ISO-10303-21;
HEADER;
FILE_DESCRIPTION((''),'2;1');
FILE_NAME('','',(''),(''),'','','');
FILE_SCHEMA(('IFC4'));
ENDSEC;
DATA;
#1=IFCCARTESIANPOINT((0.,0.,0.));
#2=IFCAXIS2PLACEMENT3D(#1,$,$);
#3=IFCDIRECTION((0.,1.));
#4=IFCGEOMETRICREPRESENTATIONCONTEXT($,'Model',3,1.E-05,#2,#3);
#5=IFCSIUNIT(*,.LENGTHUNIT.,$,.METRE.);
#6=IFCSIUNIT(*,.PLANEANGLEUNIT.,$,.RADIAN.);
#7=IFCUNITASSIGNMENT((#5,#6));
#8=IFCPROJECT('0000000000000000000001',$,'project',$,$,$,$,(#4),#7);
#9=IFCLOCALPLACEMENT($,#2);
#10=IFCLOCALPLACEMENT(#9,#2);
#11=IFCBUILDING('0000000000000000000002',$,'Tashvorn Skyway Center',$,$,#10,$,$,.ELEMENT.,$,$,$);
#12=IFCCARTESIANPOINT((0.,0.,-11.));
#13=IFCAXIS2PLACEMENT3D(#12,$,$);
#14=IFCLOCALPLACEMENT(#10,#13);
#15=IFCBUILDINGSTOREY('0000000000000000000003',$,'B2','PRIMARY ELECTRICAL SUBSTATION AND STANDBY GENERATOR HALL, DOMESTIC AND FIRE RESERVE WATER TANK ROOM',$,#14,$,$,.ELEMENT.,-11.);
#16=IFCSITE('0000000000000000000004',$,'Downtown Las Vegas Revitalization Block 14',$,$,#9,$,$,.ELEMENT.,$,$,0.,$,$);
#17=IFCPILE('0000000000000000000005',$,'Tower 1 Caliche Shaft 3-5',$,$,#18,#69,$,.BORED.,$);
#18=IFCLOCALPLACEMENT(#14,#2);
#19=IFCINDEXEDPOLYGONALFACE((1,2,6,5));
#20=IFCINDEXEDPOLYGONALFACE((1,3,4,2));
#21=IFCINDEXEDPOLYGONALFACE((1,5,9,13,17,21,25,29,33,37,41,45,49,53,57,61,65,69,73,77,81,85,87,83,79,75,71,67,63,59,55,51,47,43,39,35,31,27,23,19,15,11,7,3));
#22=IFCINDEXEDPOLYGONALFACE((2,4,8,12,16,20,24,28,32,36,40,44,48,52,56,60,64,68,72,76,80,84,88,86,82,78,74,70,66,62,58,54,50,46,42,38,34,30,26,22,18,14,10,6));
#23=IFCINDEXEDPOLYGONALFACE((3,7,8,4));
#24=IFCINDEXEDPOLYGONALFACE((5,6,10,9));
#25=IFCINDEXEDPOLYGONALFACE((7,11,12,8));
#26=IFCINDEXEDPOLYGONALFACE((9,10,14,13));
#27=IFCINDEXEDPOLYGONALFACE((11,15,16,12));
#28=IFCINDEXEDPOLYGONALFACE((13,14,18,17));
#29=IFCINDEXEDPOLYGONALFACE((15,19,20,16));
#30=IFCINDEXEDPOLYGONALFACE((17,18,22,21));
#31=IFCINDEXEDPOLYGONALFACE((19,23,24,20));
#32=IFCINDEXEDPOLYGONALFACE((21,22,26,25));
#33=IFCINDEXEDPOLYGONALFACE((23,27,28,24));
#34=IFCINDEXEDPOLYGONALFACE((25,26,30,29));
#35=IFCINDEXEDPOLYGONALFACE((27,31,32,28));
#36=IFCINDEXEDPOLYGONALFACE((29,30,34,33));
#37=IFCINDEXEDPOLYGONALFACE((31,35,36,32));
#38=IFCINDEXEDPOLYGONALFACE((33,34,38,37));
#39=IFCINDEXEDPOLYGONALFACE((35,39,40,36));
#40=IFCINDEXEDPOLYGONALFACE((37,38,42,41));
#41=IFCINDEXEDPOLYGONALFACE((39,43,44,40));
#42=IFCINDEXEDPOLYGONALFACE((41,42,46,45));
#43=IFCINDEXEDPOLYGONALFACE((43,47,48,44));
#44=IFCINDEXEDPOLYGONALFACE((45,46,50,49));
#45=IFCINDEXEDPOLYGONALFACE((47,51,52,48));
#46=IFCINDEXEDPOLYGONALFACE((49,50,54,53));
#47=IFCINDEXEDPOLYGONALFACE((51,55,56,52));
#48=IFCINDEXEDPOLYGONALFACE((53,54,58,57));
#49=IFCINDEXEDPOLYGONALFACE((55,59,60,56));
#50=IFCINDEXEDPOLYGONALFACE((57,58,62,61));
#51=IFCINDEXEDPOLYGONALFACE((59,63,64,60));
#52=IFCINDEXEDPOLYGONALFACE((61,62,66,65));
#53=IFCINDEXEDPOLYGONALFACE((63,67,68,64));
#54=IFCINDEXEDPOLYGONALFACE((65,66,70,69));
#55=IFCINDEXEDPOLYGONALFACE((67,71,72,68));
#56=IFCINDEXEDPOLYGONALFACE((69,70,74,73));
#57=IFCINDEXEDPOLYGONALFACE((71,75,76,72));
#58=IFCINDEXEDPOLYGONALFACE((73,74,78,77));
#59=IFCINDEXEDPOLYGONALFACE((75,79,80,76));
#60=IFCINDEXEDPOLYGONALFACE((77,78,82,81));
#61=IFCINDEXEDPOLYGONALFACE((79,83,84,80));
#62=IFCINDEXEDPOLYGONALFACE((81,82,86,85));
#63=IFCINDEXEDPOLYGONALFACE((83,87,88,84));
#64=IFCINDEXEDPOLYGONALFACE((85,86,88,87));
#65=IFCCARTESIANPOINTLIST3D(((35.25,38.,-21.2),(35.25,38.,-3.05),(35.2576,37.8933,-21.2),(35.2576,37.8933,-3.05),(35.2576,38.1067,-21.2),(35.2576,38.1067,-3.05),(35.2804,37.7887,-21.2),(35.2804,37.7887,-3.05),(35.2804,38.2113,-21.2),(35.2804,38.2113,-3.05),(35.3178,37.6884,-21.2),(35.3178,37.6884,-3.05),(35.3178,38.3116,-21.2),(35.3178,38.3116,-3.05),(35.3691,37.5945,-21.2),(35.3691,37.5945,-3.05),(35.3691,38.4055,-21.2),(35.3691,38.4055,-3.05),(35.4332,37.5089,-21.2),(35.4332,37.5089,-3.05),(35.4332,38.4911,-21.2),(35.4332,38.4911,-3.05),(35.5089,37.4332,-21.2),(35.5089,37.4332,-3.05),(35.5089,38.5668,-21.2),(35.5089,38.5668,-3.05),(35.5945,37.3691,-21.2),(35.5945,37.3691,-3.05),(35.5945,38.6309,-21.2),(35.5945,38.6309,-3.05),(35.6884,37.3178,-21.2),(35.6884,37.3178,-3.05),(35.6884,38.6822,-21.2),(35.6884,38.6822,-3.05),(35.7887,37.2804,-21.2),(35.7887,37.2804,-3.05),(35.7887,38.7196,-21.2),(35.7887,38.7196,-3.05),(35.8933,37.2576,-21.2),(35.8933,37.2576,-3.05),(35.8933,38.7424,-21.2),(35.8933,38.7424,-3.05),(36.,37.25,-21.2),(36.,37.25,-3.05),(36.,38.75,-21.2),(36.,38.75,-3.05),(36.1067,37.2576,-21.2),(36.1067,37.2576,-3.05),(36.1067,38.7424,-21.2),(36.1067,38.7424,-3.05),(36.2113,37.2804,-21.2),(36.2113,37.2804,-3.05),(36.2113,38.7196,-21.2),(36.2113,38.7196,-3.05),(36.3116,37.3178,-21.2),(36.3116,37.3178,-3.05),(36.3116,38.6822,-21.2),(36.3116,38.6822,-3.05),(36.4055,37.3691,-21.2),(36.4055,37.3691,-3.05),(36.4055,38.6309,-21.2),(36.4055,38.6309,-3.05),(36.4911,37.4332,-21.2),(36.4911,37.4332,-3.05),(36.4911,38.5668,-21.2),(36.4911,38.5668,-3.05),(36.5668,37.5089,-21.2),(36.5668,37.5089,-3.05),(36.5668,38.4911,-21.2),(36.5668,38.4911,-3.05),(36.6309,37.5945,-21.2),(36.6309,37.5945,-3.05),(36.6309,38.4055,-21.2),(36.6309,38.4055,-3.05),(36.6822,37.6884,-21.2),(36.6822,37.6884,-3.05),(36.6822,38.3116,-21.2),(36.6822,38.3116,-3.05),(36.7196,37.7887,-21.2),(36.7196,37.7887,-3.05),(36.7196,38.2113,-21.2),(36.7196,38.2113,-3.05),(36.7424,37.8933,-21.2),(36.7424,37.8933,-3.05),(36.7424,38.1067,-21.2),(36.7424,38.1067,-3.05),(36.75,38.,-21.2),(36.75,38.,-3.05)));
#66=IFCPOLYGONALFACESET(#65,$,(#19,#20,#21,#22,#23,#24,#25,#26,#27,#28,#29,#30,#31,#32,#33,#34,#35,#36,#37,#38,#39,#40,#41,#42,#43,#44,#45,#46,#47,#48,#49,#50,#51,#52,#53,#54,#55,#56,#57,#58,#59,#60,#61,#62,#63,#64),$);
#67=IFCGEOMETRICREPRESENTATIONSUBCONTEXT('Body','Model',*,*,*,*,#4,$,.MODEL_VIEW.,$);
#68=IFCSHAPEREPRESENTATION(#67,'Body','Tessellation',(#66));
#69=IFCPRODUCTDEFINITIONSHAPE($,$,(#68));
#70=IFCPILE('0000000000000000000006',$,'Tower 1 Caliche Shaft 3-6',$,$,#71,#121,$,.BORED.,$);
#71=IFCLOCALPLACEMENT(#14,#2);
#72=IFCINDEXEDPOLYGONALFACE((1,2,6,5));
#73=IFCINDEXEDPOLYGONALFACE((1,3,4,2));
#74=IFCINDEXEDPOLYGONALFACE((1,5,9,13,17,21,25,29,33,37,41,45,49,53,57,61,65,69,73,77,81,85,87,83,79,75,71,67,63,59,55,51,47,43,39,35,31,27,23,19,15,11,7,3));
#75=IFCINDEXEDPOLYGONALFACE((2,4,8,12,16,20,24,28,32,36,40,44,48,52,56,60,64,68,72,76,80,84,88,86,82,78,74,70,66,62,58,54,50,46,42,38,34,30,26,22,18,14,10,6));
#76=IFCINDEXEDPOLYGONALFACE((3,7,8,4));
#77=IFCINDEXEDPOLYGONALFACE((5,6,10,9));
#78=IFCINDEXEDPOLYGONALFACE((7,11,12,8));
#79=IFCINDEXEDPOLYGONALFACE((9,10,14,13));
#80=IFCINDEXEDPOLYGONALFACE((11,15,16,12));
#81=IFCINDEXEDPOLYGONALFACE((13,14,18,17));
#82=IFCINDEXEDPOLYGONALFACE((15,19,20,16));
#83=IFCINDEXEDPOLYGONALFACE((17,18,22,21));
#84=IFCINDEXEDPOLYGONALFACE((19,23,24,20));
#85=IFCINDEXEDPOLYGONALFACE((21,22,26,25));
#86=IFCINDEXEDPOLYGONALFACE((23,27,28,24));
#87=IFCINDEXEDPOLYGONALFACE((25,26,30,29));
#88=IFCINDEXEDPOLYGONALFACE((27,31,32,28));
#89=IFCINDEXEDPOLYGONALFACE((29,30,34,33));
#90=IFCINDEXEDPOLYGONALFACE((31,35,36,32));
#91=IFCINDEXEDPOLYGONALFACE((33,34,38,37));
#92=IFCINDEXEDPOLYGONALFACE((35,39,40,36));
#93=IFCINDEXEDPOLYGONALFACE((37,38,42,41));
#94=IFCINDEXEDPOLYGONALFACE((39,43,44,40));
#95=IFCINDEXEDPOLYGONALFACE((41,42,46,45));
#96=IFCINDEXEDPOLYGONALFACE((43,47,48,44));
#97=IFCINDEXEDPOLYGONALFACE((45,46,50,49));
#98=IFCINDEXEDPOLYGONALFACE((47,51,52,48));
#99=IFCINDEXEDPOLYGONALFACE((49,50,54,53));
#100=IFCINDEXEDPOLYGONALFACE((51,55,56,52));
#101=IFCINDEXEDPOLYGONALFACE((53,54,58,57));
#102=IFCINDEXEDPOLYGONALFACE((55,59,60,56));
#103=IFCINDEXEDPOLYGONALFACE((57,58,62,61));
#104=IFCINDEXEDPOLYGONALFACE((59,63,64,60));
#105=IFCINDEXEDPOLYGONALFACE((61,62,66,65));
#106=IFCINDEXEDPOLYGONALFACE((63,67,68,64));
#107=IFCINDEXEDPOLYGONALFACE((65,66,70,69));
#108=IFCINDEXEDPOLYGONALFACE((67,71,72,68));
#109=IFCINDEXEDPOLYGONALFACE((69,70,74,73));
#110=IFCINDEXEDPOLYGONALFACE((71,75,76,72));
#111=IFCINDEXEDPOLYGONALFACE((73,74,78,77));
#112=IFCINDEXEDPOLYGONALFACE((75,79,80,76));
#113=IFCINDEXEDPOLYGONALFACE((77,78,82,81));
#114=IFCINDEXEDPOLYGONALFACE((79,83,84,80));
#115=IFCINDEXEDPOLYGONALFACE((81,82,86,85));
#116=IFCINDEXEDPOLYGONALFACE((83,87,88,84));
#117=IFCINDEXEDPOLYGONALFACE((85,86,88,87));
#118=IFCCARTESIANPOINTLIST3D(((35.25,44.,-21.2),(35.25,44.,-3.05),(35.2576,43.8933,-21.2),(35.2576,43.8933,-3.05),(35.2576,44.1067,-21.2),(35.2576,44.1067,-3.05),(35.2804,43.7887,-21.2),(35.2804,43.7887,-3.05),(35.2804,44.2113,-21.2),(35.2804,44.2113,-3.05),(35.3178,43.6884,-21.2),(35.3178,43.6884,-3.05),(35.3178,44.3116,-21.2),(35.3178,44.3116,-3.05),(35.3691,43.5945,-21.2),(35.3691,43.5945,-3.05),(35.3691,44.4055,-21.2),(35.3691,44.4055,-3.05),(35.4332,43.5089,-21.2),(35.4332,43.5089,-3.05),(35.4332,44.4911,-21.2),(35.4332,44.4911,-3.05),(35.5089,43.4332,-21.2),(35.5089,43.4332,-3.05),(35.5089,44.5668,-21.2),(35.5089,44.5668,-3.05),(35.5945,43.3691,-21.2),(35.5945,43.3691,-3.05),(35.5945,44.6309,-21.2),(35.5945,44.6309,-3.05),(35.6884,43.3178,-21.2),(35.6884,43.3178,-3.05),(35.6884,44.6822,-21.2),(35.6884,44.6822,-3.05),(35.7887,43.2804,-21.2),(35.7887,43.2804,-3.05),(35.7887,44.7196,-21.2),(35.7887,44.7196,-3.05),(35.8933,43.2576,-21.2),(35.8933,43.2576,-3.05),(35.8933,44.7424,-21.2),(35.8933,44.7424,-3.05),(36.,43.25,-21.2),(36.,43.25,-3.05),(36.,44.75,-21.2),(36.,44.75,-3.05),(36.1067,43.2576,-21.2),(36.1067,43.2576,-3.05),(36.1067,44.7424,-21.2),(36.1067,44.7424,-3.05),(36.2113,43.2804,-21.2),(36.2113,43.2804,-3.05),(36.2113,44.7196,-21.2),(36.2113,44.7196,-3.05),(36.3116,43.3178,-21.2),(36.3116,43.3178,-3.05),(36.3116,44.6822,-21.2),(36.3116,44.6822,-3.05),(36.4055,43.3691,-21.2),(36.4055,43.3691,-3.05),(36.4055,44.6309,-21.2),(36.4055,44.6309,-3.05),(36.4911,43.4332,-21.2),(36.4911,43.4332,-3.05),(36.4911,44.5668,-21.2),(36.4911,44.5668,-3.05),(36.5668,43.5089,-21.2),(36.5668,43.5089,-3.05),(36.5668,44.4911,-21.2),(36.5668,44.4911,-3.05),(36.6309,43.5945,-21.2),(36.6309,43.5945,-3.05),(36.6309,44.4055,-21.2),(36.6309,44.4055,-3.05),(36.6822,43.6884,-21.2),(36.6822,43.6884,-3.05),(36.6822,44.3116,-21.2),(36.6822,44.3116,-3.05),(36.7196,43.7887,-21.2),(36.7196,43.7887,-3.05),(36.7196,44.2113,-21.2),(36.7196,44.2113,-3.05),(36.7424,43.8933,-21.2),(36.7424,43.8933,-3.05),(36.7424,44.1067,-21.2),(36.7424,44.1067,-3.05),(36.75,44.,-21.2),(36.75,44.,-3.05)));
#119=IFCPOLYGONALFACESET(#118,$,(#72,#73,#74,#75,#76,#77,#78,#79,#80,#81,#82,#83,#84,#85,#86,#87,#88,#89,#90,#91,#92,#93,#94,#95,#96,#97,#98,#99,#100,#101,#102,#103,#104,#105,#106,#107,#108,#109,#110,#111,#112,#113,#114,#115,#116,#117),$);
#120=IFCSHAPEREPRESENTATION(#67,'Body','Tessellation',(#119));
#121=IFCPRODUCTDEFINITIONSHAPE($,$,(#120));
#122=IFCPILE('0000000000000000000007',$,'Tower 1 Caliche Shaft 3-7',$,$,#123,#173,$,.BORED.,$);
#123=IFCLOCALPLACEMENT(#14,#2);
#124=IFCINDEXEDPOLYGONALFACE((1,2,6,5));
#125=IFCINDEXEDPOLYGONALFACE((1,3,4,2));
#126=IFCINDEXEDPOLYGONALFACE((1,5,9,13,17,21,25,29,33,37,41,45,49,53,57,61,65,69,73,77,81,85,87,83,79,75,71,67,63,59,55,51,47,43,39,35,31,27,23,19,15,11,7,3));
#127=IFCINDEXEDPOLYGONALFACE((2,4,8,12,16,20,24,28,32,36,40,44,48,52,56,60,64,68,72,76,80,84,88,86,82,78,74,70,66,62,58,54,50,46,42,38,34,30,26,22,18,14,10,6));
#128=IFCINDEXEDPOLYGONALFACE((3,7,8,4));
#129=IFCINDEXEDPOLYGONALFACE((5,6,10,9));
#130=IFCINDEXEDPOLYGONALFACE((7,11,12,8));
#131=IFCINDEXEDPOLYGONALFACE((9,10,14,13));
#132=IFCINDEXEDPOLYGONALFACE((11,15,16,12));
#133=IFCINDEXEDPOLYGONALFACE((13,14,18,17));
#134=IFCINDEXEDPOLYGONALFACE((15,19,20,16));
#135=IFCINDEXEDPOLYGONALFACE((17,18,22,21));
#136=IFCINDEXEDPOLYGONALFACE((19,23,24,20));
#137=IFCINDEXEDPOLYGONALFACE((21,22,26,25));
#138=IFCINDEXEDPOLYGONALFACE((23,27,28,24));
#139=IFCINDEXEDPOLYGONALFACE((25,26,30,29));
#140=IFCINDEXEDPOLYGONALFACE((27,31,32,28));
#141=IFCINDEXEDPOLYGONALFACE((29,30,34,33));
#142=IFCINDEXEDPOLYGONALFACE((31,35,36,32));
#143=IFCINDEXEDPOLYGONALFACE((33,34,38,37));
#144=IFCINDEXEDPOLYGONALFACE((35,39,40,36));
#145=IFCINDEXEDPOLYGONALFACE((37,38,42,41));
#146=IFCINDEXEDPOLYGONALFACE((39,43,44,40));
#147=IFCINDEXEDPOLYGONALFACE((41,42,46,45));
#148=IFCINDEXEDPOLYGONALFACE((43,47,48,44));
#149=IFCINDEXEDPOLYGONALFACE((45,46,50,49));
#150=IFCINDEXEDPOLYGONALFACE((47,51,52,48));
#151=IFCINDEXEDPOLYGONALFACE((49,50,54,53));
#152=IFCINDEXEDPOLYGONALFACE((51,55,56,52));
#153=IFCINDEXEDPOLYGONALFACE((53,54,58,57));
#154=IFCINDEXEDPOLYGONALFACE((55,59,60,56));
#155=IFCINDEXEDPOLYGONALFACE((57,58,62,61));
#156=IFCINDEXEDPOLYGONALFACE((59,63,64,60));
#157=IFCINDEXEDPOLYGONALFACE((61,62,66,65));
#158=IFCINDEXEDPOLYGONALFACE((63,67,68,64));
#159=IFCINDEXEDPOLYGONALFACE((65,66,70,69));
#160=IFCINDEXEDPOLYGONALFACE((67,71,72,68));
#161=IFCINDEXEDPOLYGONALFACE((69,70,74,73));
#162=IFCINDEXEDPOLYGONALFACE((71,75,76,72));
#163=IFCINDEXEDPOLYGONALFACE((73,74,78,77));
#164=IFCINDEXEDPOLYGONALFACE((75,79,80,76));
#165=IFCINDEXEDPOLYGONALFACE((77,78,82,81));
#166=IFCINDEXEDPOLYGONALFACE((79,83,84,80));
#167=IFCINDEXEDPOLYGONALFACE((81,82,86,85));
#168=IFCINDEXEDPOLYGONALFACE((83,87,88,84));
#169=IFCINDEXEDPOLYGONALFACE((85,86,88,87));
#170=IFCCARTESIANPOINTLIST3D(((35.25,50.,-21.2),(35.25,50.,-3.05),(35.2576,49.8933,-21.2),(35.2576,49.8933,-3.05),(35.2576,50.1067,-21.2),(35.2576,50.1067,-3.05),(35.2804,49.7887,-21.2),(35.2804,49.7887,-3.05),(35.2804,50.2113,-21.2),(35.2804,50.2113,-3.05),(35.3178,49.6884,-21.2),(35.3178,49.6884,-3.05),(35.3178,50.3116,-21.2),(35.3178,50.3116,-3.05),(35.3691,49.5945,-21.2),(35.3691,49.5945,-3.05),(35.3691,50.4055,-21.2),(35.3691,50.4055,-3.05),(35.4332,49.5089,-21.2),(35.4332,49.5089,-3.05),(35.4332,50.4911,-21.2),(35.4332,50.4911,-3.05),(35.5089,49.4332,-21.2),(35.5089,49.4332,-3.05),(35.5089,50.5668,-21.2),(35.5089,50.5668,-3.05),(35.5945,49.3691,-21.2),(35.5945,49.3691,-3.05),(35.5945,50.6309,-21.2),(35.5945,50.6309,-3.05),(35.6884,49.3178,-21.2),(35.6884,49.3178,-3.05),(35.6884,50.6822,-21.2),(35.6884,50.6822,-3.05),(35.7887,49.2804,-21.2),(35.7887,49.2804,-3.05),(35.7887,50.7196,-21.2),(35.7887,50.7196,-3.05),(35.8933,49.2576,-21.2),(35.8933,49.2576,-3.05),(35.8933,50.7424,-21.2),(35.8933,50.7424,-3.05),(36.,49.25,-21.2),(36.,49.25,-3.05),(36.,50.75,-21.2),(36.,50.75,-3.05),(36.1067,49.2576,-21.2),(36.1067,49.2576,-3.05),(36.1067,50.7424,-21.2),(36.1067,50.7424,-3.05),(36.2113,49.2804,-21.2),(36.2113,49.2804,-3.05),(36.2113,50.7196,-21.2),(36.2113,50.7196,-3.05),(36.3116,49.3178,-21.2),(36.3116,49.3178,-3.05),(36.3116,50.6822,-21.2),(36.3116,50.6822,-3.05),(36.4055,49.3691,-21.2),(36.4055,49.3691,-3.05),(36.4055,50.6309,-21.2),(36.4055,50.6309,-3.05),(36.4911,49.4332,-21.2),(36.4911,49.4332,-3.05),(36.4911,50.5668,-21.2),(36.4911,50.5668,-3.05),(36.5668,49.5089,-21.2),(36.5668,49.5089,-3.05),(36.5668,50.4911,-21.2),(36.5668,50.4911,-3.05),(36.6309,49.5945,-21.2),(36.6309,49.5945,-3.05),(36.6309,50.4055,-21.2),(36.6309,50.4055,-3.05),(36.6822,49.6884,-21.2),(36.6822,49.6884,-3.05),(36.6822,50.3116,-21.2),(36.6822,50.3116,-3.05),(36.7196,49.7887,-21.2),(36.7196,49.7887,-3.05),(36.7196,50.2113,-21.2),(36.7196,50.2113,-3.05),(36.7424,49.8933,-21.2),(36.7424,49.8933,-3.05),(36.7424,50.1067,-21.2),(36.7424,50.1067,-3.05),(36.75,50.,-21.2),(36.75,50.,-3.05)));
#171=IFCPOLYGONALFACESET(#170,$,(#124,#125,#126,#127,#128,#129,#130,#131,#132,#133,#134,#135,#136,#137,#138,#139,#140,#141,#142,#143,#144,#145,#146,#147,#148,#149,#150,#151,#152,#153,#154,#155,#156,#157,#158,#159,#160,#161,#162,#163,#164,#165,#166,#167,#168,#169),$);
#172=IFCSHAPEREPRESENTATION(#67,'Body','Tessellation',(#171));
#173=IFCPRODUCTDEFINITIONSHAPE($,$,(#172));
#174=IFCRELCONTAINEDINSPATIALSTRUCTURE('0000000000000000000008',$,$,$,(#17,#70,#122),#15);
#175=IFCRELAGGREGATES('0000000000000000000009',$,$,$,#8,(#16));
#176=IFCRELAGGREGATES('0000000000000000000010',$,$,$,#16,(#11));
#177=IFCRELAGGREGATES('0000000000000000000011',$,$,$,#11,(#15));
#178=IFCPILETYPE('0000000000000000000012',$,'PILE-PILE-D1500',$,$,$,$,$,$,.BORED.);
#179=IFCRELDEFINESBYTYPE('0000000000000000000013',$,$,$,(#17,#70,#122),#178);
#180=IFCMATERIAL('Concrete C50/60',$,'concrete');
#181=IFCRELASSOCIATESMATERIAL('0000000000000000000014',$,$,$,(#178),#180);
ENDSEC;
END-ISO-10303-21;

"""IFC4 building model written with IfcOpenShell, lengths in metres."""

from ifc_helpers import new_model, si_unit, direction, frame, origin, origin_2d, place, context, subcontext, project, spatial, circle, extrude, material, material_profile, profile_set, type_object, element, save


model = new_model("IFC4")

# Units and contexts
model_context = context("Model", 3, precision=1e-05, world=origin(), true_north=direction((0.0, 1.0)))
body_context = subcontext(model_context, "Body", "Model", "MODEL_VIEW")
ifc_project = project(units=[si_unit("LENGTHUNIT", "METRE"), si_unit("PLANEANGLEUNIT", "RADIAN")], contexts=[model_context])

# Site, building, storey
site_placement = place(None, origin())
site = spatial("IfcSite", under=ifc_project, at=site_placement, Name="Downtown Las Vegas Revitalization Block 14", CompositionType="ELEMENT", RefElevation=0.0)
building_placement = place(site_placement, origin())
building = spatial("IfcBuilding", under=site, at=building_placement, Name="Tashvorn Skyway Center", CompositionType="ELEMENT")
storey_placement = place(building_placement, frame((0.0, 0.0, -11.0)))
storey = spatial("IfcBuildingStorey", under=building, at=storey_placement, Name="B2", Description="PRIMARY ELECTRICAL SUBSTATION AND STANDBY GENERATOR HALL, DOMESTIC AND FIRE RESERVE WATER TANK ROOM", CompositionType="ELEMENT", Elevation=-11.0)

# Piles
ifc_material_1 = material(Name="Concrete C50/60", Category="concrete")
ifc_material_profile_1 = material_profile(ifc_material_1, circle(Radius=0.75, at=origin_2d()), Name="PILE-D1500")
ifc_profile_set_1 = profile_set([ifc_material_profile_1], Name="Concrete C50/60")
pile_type = type_object("IfcPileType", Name="PILE-PILE-D1500", PredefinedType="BORED", material=ifc_profile_set_1)
for number, where, z_axis, x_axis, name in (
    (1, (36.0, 38.0, -3.05), (0.0, 0.0, -1.0), (1.0, 0.0, 0.0), "Tower 1 Caliche Shaft 3-5"),
    (2, (36.0, 44.0, -3.05), (0.0, 0.0, -1.0), (1.0, 0.0, 0.0), "Tower 1 Caliche Shaft 3-6"),
    (3, (36.0, 50.0, -3.05), (0.0, 0.0, -1.0), (1.0, 0.0, 0.0), "Tower 1 Caliche Shaft 3-7"),
):
    element("IfcPile", number, at=place(storey_placement, frame(where, z_axis=z_axis, x_axis=x_axis)), inside=storey, type_object=pile_type, Name=name, PredefinedType="BORED", context=body_context, shape_type="SweptSolid", body=[
        extrude(circle(Radius=0.75, at=origin_2d()), origin(), (0.0, 0.0, 1.0), 18.1499),
    ])

save(model, "model.ifc")
